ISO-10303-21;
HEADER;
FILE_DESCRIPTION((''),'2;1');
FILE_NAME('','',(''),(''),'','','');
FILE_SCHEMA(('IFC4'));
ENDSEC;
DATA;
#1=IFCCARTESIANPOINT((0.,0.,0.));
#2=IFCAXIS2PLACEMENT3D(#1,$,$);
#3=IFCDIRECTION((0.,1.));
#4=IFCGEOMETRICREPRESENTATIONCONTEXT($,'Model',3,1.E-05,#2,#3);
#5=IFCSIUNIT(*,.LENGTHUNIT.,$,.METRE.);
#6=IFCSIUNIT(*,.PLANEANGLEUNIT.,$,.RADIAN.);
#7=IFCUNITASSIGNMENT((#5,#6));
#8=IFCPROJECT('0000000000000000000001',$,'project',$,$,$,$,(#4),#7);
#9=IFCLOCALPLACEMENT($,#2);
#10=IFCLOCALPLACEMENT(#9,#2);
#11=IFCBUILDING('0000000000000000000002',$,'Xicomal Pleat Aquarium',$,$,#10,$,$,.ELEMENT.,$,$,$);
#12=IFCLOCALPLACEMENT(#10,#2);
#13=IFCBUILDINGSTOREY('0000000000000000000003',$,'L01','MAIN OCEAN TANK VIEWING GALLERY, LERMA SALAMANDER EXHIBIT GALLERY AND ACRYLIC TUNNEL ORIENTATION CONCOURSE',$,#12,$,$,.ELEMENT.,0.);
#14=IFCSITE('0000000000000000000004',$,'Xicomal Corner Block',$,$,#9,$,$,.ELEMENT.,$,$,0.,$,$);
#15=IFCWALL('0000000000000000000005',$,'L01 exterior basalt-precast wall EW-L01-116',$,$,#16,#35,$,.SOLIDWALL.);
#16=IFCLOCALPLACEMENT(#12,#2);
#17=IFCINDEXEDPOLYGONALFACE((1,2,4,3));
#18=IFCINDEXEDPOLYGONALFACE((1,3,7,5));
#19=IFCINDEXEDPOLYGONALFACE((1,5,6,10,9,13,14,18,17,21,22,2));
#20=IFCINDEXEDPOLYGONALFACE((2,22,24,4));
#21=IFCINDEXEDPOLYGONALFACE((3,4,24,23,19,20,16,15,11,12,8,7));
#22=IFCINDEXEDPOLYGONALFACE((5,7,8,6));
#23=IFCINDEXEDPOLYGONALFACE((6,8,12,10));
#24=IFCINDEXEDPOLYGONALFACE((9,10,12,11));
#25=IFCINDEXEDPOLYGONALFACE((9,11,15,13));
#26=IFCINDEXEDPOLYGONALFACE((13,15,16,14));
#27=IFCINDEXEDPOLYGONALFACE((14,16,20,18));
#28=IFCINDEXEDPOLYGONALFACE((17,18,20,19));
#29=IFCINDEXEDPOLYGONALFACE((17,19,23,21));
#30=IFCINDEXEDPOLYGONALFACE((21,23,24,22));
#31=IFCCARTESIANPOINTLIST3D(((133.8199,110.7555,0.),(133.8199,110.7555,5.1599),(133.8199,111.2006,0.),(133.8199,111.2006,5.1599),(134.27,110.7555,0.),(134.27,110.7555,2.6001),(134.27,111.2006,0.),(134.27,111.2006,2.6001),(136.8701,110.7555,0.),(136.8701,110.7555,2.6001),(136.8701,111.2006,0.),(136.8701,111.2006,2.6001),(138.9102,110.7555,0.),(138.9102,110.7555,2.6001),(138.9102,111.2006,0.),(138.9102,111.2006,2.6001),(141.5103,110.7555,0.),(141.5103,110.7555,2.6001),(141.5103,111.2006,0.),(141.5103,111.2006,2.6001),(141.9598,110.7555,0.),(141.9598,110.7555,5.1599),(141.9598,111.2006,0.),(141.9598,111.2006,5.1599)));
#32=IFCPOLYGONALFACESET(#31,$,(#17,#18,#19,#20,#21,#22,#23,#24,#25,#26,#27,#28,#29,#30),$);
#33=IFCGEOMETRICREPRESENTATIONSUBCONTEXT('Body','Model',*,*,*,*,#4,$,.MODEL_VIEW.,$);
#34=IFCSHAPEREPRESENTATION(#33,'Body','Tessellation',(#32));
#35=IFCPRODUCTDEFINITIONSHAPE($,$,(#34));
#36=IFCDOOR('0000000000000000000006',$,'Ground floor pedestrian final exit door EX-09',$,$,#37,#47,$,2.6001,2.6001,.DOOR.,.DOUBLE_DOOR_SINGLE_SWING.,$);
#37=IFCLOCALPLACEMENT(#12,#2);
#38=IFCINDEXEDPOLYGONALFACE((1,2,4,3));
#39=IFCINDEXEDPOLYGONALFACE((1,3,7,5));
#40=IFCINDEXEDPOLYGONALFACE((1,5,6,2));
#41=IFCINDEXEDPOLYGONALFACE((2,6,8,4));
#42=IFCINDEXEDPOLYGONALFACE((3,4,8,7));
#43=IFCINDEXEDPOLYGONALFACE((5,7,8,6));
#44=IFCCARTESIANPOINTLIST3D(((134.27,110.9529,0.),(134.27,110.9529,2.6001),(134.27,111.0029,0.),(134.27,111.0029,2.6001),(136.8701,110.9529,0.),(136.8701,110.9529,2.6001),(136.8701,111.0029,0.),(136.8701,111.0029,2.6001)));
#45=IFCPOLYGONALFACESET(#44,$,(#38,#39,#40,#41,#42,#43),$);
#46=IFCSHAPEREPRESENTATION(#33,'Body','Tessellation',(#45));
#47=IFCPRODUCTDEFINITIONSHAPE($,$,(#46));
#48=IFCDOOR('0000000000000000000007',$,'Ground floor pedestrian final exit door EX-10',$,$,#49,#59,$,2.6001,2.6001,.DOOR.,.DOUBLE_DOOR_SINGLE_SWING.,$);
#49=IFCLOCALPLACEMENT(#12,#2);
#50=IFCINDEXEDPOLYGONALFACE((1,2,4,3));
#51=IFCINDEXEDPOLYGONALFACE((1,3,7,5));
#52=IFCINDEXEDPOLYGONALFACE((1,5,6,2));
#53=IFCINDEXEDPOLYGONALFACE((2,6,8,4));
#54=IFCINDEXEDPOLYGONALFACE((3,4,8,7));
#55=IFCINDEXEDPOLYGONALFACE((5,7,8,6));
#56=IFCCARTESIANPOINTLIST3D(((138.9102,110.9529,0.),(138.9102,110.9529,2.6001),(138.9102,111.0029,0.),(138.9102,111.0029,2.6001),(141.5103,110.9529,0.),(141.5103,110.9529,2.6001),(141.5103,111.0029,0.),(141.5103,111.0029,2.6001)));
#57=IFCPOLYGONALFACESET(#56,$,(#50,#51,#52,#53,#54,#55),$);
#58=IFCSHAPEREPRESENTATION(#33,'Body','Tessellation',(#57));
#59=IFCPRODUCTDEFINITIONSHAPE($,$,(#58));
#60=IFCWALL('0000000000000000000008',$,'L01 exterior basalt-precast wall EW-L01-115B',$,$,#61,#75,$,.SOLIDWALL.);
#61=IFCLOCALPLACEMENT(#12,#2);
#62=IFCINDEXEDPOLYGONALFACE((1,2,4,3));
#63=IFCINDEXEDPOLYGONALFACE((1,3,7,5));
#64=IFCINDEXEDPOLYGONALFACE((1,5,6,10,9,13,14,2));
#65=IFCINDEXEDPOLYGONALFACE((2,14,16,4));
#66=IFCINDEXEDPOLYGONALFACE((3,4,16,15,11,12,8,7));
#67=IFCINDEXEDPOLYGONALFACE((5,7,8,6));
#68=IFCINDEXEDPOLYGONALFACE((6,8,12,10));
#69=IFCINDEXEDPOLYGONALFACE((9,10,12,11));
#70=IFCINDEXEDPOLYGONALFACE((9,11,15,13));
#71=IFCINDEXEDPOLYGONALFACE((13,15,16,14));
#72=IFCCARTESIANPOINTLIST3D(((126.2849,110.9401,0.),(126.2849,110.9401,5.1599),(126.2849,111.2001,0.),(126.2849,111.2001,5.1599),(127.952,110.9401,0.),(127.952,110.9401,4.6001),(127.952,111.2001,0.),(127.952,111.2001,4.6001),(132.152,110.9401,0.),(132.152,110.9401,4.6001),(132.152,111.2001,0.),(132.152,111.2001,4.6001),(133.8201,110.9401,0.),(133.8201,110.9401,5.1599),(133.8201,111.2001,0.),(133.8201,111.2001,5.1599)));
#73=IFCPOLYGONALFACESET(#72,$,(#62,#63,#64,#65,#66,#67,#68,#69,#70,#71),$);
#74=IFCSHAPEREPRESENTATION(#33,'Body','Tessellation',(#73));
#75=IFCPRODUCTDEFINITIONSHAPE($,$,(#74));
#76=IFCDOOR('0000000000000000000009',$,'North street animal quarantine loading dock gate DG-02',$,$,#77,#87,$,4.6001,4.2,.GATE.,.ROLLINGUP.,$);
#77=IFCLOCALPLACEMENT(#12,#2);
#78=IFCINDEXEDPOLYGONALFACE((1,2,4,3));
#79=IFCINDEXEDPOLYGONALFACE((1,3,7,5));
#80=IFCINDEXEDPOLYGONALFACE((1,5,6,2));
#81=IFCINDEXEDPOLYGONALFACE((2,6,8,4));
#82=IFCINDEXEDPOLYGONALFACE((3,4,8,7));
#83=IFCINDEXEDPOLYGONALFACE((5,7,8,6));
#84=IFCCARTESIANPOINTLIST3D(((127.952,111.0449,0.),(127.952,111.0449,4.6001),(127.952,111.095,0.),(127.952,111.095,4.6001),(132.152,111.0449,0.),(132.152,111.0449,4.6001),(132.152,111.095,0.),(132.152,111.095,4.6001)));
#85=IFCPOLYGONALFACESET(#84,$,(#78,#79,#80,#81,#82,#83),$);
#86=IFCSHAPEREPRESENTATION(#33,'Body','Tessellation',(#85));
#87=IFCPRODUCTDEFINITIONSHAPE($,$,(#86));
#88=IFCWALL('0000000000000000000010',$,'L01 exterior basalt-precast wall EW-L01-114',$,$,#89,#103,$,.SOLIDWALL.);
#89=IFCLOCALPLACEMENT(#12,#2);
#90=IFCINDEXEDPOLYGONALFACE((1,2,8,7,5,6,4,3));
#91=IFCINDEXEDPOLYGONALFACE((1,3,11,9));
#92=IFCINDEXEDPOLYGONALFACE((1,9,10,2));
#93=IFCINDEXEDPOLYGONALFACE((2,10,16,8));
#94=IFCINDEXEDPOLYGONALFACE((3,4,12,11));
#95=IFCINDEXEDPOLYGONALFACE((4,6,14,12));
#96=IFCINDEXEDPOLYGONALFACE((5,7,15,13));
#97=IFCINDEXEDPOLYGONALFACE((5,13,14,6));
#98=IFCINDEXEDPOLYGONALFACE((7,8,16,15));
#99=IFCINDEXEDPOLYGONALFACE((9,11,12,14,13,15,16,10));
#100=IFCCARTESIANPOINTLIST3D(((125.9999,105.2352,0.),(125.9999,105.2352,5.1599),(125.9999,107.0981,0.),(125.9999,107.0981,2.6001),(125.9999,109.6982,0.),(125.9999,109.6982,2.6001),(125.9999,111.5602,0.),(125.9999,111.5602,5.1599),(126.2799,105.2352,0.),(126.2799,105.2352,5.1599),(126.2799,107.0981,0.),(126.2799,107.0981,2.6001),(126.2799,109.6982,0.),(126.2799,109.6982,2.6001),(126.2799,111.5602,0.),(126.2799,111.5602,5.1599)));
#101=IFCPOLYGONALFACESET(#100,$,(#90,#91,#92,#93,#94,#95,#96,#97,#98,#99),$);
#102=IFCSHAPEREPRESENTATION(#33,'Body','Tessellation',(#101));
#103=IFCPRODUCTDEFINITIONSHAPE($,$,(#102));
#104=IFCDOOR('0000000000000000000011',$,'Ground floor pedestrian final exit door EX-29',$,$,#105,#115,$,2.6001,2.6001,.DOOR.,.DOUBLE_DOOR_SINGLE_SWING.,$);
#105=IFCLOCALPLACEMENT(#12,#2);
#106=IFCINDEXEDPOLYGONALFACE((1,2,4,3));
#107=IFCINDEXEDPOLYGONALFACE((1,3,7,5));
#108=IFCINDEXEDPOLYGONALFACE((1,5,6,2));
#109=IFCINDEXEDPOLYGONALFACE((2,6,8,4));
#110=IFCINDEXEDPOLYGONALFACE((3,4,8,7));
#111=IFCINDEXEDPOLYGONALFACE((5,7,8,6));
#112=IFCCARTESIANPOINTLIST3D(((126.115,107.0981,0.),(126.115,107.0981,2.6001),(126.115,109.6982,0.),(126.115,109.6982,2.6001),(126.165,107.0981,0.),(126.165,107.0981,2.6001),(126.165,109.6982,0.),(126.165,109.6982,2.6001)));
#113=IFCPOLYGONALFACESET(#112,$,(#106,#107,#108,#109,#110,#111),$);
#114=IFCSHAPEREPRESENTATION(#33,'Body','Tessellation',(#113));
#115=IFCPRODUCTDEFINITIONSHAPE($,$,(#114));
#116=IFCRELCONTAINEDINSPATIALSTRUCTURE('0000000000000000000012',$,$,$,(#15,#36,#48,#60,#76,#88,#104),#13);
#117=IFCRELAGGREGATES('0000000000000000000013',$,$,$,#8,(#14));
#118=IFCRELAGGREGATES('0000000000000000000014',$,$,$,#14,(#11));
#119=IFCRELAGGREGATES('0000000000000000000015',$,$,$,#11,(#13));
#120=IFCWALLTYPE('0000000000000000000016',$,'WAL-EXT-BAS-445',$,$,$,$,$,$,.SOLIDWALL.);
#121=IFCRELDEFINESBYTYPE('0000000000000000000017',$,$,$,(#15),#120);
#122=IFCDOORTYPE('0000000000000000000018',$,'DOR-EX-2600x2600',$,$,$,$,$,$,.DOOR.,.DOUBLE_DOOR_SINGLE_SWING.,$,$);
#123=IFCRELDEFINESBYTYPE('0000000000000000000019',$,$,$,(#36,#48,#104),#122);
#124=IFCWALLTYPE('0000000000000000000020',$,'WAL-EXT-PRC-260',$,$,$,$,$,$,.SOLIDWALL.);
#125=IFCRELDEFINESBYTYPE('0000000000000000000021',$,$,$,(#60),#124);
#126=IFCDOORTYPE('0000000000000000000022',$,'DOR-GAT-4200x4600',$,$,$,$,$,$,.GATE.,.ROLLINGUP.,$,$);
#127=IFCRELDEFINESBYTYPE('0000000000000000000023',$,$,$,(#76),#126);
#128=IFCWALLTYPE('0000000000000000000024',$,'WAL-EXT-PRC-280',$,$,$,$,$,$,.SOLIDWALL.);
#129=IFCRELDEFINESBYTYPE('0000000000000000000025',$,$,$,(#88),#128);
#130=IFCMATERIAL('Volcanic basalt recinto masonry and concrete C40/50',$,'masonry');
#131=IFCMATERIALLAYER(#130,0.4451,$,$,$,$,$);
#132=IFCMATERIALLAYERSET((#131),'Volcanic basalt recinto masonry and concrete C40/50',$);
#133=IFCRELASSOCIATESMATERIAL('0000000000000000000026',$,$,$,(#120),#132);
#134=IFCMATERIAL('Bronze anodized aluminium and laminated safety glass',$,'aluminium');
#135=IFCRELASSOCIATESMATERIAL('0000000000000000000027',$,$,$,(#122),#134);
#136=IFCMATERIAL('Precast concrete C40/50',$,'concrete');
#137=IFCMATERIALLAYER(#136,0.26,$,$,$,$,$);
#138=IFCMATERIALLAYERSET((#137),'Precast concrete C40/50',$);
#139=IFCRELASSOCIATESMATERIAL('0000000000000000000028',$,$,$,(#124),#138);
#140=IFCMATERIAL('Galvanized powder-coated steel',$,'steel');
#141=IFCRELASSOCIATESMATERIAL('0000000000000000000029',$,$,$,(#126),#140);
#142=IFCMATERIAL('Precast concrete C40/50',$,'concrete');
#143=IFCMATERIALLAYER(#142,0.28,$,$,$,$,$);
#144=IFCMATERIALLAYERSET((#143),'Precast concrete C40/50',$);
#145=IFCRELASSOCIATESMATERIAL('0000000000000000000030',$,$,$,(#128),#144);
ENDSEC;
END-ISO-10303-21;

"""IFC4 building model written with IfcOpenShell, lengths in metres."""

from ifc_helpers import new_model, si_unit, direction, frame, frame_2d, origin, place, context, subcontext, project, spatial, rectangle, extrude, material, layer, layer_set, type_object, element, fill, save


model = new_model("IFC4")

# Units and contexts
model_context = context("Model", 3, precision=1e-05, world=origin(), true_north=direction((0.0, 1.0)))
body_context = subcontext(model_context, "Body", "Model", "MODEL_VIEW")
ifc_project = project(units=[si_unit("LENGTHUNIT", "METRE"), si_unit("PLANEANGLEUNIT", "RADIAN")], contexts=[model_context])

# Site, building, storey
site_placement = place(None, origin())
site = spatial("IfcSite", under=ifc_project, at=site_placement, Name="Xicomal Corner Block", CompositionType="ELEMENT", RefElevation=0.0)
building_placement = place(site_placement, origin())
building = spatial("IfcBuilding", under=site, at=building_placement, Name="Xicomal Pleat Aquarium", CompositionType="ELEMENT")
storey_placement = place(building_placement, origin())
storey = spatial("IfcBuildingStorey", under=building, at=storey_placement, Name="L01", Description="MAIN OCEAN TANK VIEWING GALLERY, LERMA SALAMANDER EXHIBIT GALLERY AND ACRYLIC TUNNEL ORIENTATION CONCOURSE", CompositionType="ELEMENT", Elevation=0.0)

# Wall, openings, doors
ifc_material_1 = material(Name="Volcanic basalt recinto masonry and concrete C40/50", Category="masonry")
ifc_layer_1 = layer(ifc_material_1, 0.4451)
ifc_layer_set_1 = layer_set([ifc_layer_1], Name="Volcanic basalt recinto masonry and concrete C40/50")
wall_type_1 = type_object("IfcWallType", Name="WAL-EXT-BAS-445", PredefinedType="SOLIDWALL", material=ifc_layer_set_1)
wall_1_placement = place(storey_placement, frame((133.8201, 110.978, 0.0), z_axis=(0.0, 0.0, 1.0), x_axis=(1.0, 0.0, 0.0)))
wall_1 = element("IfcWall", 1, at=wall_1_placement, inside=storey, type_object=wall_type_1, Name="L01 exterior basalt-precast wall EW-L01-116", PredefinedType="SOLIDWALL", context=body_context, shape_type="SweptSolid", body=[
    extrude(rectangle(XDim=8.1399, YDim=0.4451, at=frame_2d((4.0698, 0.0))), origin(), (0.0, 0.0, 1.0), 5.1599),
])
opening_1_placement = place(wall_1_placement, frame((0.45, 0.0, 0.0)))
opening_1 = element("IfcOpeningElement", 2, at=opening_1_placement, cuts=wall_1, PredefinedType="OPENING", context=body_context, shape_type="SweptSolid", body=[
    extrude(rectangle(XDim=2.6001, YDim=2.6001, at=frame_2d((1.3, 1.3))), frame((0.0, 0.2324, 0.0), z_axis=(0.0, -1.0, 0.0), x_axis=(1.0, 0.0, 0.0)), (0.0, 0.0, 1.0), 0.4651),
])
opening_2_placement = place(wall_1_placement, frame((5.0901, 0.0, 0.0)))
opening_2 = element("IfcOpeningElement", 3, at=opening_2_placement, cuts=wall_1, PredefinedType="OPENING", context=body_context, shape_type="SweptSolid", body=[
    extrude(rectangle(XDim=2.6001, YDim=2.6001, at=frame_2d((1.3, 1.3))), frame((0.0, 0.2324, 0.0), z_axis=(0.0, -1.0, 0.0), x_axis=(1.0, 0.0, 0.0)), (0.0, 0.0, 1.0), 0.4651),
])
ifc_material_2 = material(Name="Bronze anodized aluminium and laminated safety glass", Category="aluminium")
door_type_1 = type_object("IfcDoorType", Name="DOR-EX-2600x2600", OperationType="DOUBLE_DOOR_SINGLE_SWING", PredefinedType="DOOR", material=ifc_material_2)
door_1_placement = place(opening_1_placement, origin())
door_1 = element("IfcDoor", 4, at=door_1_placement, inside=storey, type_object=door_type_1, Name="Ground floor pedestrian final exit door EX-09", OperationType="DOUBLE_DOOR_SINGLE_SWING", OverallHeight=2.6001, OverallWidth=2.6001, PredefinedType="DOOR", context=body_context, shape_type="SweptSolid", body=[
    extrude(rectangle(XDim=2.6001, YDim=2.6001, at=frame_2d((1.3, 1.3))), frame((0.0, 0.0249, 0.0), z_axis=(0.0, -1.0, 0.0), x_axis=(1.0, 0.0, 0.0)), (0.0, 0.0, 1.0), 0.05),
])
fill(opening_1, door_1)
door_2_placement = place(opening_2_placement, origin())
door_2 = element("IfcDoor", 5, at=door_2_placement, inside=storey, type_object=door_type_1, Name="Ground floor pedestrian final exit door EX-10", OperationType="DOUBLE_DOOR_SINGLE_SWING", OverallHeight=2.6001, OverallWidth=2.6001, PredefinedType="DOOR", context=body_context, shape_type="SweptSolid", body=[
    extrude(rectangle(XDim=2.6001, YDim=2.6001, at=frame_2d((1.3, 1.3))), frame((0.0, 0.0249, 0.0), z_axis=(0.0, -1.0, 0.0), x_axis=(1.0, 0.0, 0.0)), (0.0, 0.0, 1.0), 0.05),
])
fill(opening_2, door_2)

# Walls, openings, doors
ifc_material_3 = material(Name="Precast concrete C40/50", Category="concrete")
ifc_layer_2 = layer(ifc_material_3, 0.26)
ifc_layer_set_2 = layer_set([ifc_layer_2], Name="Precast concrete C40/50")
wall_type_2 = type_object("IfcWallType", Name="WAL-EXT-PRC-260", PredefinedType="SOLIDWALL", material=ifc_layer_set_2)
wall_2_placement = place(storey_placement, frame((126.2849, 111.0701, 0.0), z_axis=(0.0, 0.0, 1.0), x_axis=(1.0, 0.0, 0.0)))
wall_2 = element("IfcWall", 6, at=wall_2_placement, inside=storey, type_object=wall_type_2, Name="L01 exterior basalt-precast wall EW-L01-115B", PredefinedType="SOLIDWALL", context=body_context, shape_type="SweptSolid", body=[
    extrude(rectangle(XDim=7.5352, YDim=0.26, at=frame_2d((3.7676, 0.0))), origin(), (0.0, 0.0, 1.0), 5.1599),
])
opening_3_placement = place(wall_2_placement, frame((1.667, 0.0, 0.0)))
opening_3 = element("IfcOpeningElement", 7, at=opening_3_placement, cuts=wall_2, PredefinedType="OPENING", context=body_context, shape_type="SweptSolid", body=[
    extrude(rectangle(XDim=4.2, YDim=4.6001, at=frame_2d((2.1001, 2.3))), frame((0.0, 0.1399, 0.0), z_axis=(0.0, -1.0, 0.0), x_axis=(1.0, 0.0, 0.0)), (0.0, 0.0, 1.0), 0.28),
])
ifc_material_4 = material(Name="Galvanized powder-coated steel", Category="steel")
door_type_2 = type_object("IfcDoorType", Name="DOR-GAT-4200x4600", OperationType="ROLLINGUP", PredefinedType="GATE", material=ifc_material_4)
door_3_placement = place(opening_3_placement, origin())
door_3 = element("IfcDoor", 8, at=door_3_placement, inside=storey, type_object=door_type_2, Name="North street animal quarantine loading dock gate DG-02", OperationType="ROLLINGUP", OverallHeight=4.6001, OverallWidth=4.2, PredefinedType="GATE", context=body_context, shape_type="SweptSolid", body=[
    extrude(rectangle(XDim=4.2, YDim=4.6001, at=frame_2d((2.1001, 2.3))), frame((0.0, 0.0249, 0.0), z_axis=(0.0, -1.0, 0.0), x_axis=(1.0, 0.0, 0.0)), (0.0, 0.0, 1.0), 0.05),
])
fill(opening_3, door_3)
ifc_material_5 = material(Name="Precast concrete C40/50", Category="concrete")
ifc_layer_3 = layer(ifc_material_5, 0.28)
ifc_layer_set_3 = layer_set([ifc_layer_3], Name="Precast concrete C40/50")
wall_type_3 = type_object("IfcWallType", Name="WAL-EXT-PRC-280", PredefinedType="SOLIDWALL", material=ifc_layer_set_3)
wall_3_placement = place(storey_placement, frame((126.1399, 105.2351, 0.0), z_axis=(0.0, 0.0, 1.0), x_axis=(0.0, 1.0, 0.0)))
wall_3 = element("IfcWall", 9, at=wall_3_placement, inside=storey, type_object=wall_type_3, Name="L01 exterior basalt-precast wall EW-L01-114", PredefinedType="SOLIDWALL", context=body_context, shape_type="SweptSolid", body=[
    extrude(rectangle(XDim=6.325, YDim=0.28, at=frame_2d((3.1626, 0.0))), origin(), (0.0, 0.0, 1.0), 5.1599),
])
opening_4_placement = place(wall_3_placement, frame((1.863, 0.0, 0.0)))
opening_4 = element("IfcOpeningElement", 10, at=opening_4_placement, cuts=wall_3, PredefinedType="OPENING", context=body_context, shape_type="SweptSolid", body=[
    extrude(rectangle(XDim=2.6001, YDim=2.6001, at=frame_2d((1.3, 1.3))), frame((0.0, 0.1499, 0.0), z_axis=(0.0, -1.0, 0.0), x_axis=(1.0, 0.0, 0.0)), (0.0, 0.0, 1.0), 0.3),
])
door_4_placement = place(opening_4_placement, origin())
door_4 = element("IfcDoor", 11, at=door_4_placement, inside=storey, type_object=door_type_1, Name="Ground floor pedestrian final exit door EX-29", OperationType="DOUBLE_DOOR_SINGLE_SWING", OverallHeight=2.6001, OverallWidth=2.6001, PredefinedType="DOOR", context=body_context, shape_type="SweptSolid", body=[
    extrude(rectangle(XDim=2.6001, YDim=2.6001, at=frame_2d((1.3, 1.3))), frame((0.0, 0.0249, 0.0), z_axis=(0.0, -1.0, 0.0), x_axis=(1.0, 0.0, 0.0)), (0.0, 0.0, 1.0), 0.05),
])
fill(opening_4, door_4)

save(model, "model.ifc")
